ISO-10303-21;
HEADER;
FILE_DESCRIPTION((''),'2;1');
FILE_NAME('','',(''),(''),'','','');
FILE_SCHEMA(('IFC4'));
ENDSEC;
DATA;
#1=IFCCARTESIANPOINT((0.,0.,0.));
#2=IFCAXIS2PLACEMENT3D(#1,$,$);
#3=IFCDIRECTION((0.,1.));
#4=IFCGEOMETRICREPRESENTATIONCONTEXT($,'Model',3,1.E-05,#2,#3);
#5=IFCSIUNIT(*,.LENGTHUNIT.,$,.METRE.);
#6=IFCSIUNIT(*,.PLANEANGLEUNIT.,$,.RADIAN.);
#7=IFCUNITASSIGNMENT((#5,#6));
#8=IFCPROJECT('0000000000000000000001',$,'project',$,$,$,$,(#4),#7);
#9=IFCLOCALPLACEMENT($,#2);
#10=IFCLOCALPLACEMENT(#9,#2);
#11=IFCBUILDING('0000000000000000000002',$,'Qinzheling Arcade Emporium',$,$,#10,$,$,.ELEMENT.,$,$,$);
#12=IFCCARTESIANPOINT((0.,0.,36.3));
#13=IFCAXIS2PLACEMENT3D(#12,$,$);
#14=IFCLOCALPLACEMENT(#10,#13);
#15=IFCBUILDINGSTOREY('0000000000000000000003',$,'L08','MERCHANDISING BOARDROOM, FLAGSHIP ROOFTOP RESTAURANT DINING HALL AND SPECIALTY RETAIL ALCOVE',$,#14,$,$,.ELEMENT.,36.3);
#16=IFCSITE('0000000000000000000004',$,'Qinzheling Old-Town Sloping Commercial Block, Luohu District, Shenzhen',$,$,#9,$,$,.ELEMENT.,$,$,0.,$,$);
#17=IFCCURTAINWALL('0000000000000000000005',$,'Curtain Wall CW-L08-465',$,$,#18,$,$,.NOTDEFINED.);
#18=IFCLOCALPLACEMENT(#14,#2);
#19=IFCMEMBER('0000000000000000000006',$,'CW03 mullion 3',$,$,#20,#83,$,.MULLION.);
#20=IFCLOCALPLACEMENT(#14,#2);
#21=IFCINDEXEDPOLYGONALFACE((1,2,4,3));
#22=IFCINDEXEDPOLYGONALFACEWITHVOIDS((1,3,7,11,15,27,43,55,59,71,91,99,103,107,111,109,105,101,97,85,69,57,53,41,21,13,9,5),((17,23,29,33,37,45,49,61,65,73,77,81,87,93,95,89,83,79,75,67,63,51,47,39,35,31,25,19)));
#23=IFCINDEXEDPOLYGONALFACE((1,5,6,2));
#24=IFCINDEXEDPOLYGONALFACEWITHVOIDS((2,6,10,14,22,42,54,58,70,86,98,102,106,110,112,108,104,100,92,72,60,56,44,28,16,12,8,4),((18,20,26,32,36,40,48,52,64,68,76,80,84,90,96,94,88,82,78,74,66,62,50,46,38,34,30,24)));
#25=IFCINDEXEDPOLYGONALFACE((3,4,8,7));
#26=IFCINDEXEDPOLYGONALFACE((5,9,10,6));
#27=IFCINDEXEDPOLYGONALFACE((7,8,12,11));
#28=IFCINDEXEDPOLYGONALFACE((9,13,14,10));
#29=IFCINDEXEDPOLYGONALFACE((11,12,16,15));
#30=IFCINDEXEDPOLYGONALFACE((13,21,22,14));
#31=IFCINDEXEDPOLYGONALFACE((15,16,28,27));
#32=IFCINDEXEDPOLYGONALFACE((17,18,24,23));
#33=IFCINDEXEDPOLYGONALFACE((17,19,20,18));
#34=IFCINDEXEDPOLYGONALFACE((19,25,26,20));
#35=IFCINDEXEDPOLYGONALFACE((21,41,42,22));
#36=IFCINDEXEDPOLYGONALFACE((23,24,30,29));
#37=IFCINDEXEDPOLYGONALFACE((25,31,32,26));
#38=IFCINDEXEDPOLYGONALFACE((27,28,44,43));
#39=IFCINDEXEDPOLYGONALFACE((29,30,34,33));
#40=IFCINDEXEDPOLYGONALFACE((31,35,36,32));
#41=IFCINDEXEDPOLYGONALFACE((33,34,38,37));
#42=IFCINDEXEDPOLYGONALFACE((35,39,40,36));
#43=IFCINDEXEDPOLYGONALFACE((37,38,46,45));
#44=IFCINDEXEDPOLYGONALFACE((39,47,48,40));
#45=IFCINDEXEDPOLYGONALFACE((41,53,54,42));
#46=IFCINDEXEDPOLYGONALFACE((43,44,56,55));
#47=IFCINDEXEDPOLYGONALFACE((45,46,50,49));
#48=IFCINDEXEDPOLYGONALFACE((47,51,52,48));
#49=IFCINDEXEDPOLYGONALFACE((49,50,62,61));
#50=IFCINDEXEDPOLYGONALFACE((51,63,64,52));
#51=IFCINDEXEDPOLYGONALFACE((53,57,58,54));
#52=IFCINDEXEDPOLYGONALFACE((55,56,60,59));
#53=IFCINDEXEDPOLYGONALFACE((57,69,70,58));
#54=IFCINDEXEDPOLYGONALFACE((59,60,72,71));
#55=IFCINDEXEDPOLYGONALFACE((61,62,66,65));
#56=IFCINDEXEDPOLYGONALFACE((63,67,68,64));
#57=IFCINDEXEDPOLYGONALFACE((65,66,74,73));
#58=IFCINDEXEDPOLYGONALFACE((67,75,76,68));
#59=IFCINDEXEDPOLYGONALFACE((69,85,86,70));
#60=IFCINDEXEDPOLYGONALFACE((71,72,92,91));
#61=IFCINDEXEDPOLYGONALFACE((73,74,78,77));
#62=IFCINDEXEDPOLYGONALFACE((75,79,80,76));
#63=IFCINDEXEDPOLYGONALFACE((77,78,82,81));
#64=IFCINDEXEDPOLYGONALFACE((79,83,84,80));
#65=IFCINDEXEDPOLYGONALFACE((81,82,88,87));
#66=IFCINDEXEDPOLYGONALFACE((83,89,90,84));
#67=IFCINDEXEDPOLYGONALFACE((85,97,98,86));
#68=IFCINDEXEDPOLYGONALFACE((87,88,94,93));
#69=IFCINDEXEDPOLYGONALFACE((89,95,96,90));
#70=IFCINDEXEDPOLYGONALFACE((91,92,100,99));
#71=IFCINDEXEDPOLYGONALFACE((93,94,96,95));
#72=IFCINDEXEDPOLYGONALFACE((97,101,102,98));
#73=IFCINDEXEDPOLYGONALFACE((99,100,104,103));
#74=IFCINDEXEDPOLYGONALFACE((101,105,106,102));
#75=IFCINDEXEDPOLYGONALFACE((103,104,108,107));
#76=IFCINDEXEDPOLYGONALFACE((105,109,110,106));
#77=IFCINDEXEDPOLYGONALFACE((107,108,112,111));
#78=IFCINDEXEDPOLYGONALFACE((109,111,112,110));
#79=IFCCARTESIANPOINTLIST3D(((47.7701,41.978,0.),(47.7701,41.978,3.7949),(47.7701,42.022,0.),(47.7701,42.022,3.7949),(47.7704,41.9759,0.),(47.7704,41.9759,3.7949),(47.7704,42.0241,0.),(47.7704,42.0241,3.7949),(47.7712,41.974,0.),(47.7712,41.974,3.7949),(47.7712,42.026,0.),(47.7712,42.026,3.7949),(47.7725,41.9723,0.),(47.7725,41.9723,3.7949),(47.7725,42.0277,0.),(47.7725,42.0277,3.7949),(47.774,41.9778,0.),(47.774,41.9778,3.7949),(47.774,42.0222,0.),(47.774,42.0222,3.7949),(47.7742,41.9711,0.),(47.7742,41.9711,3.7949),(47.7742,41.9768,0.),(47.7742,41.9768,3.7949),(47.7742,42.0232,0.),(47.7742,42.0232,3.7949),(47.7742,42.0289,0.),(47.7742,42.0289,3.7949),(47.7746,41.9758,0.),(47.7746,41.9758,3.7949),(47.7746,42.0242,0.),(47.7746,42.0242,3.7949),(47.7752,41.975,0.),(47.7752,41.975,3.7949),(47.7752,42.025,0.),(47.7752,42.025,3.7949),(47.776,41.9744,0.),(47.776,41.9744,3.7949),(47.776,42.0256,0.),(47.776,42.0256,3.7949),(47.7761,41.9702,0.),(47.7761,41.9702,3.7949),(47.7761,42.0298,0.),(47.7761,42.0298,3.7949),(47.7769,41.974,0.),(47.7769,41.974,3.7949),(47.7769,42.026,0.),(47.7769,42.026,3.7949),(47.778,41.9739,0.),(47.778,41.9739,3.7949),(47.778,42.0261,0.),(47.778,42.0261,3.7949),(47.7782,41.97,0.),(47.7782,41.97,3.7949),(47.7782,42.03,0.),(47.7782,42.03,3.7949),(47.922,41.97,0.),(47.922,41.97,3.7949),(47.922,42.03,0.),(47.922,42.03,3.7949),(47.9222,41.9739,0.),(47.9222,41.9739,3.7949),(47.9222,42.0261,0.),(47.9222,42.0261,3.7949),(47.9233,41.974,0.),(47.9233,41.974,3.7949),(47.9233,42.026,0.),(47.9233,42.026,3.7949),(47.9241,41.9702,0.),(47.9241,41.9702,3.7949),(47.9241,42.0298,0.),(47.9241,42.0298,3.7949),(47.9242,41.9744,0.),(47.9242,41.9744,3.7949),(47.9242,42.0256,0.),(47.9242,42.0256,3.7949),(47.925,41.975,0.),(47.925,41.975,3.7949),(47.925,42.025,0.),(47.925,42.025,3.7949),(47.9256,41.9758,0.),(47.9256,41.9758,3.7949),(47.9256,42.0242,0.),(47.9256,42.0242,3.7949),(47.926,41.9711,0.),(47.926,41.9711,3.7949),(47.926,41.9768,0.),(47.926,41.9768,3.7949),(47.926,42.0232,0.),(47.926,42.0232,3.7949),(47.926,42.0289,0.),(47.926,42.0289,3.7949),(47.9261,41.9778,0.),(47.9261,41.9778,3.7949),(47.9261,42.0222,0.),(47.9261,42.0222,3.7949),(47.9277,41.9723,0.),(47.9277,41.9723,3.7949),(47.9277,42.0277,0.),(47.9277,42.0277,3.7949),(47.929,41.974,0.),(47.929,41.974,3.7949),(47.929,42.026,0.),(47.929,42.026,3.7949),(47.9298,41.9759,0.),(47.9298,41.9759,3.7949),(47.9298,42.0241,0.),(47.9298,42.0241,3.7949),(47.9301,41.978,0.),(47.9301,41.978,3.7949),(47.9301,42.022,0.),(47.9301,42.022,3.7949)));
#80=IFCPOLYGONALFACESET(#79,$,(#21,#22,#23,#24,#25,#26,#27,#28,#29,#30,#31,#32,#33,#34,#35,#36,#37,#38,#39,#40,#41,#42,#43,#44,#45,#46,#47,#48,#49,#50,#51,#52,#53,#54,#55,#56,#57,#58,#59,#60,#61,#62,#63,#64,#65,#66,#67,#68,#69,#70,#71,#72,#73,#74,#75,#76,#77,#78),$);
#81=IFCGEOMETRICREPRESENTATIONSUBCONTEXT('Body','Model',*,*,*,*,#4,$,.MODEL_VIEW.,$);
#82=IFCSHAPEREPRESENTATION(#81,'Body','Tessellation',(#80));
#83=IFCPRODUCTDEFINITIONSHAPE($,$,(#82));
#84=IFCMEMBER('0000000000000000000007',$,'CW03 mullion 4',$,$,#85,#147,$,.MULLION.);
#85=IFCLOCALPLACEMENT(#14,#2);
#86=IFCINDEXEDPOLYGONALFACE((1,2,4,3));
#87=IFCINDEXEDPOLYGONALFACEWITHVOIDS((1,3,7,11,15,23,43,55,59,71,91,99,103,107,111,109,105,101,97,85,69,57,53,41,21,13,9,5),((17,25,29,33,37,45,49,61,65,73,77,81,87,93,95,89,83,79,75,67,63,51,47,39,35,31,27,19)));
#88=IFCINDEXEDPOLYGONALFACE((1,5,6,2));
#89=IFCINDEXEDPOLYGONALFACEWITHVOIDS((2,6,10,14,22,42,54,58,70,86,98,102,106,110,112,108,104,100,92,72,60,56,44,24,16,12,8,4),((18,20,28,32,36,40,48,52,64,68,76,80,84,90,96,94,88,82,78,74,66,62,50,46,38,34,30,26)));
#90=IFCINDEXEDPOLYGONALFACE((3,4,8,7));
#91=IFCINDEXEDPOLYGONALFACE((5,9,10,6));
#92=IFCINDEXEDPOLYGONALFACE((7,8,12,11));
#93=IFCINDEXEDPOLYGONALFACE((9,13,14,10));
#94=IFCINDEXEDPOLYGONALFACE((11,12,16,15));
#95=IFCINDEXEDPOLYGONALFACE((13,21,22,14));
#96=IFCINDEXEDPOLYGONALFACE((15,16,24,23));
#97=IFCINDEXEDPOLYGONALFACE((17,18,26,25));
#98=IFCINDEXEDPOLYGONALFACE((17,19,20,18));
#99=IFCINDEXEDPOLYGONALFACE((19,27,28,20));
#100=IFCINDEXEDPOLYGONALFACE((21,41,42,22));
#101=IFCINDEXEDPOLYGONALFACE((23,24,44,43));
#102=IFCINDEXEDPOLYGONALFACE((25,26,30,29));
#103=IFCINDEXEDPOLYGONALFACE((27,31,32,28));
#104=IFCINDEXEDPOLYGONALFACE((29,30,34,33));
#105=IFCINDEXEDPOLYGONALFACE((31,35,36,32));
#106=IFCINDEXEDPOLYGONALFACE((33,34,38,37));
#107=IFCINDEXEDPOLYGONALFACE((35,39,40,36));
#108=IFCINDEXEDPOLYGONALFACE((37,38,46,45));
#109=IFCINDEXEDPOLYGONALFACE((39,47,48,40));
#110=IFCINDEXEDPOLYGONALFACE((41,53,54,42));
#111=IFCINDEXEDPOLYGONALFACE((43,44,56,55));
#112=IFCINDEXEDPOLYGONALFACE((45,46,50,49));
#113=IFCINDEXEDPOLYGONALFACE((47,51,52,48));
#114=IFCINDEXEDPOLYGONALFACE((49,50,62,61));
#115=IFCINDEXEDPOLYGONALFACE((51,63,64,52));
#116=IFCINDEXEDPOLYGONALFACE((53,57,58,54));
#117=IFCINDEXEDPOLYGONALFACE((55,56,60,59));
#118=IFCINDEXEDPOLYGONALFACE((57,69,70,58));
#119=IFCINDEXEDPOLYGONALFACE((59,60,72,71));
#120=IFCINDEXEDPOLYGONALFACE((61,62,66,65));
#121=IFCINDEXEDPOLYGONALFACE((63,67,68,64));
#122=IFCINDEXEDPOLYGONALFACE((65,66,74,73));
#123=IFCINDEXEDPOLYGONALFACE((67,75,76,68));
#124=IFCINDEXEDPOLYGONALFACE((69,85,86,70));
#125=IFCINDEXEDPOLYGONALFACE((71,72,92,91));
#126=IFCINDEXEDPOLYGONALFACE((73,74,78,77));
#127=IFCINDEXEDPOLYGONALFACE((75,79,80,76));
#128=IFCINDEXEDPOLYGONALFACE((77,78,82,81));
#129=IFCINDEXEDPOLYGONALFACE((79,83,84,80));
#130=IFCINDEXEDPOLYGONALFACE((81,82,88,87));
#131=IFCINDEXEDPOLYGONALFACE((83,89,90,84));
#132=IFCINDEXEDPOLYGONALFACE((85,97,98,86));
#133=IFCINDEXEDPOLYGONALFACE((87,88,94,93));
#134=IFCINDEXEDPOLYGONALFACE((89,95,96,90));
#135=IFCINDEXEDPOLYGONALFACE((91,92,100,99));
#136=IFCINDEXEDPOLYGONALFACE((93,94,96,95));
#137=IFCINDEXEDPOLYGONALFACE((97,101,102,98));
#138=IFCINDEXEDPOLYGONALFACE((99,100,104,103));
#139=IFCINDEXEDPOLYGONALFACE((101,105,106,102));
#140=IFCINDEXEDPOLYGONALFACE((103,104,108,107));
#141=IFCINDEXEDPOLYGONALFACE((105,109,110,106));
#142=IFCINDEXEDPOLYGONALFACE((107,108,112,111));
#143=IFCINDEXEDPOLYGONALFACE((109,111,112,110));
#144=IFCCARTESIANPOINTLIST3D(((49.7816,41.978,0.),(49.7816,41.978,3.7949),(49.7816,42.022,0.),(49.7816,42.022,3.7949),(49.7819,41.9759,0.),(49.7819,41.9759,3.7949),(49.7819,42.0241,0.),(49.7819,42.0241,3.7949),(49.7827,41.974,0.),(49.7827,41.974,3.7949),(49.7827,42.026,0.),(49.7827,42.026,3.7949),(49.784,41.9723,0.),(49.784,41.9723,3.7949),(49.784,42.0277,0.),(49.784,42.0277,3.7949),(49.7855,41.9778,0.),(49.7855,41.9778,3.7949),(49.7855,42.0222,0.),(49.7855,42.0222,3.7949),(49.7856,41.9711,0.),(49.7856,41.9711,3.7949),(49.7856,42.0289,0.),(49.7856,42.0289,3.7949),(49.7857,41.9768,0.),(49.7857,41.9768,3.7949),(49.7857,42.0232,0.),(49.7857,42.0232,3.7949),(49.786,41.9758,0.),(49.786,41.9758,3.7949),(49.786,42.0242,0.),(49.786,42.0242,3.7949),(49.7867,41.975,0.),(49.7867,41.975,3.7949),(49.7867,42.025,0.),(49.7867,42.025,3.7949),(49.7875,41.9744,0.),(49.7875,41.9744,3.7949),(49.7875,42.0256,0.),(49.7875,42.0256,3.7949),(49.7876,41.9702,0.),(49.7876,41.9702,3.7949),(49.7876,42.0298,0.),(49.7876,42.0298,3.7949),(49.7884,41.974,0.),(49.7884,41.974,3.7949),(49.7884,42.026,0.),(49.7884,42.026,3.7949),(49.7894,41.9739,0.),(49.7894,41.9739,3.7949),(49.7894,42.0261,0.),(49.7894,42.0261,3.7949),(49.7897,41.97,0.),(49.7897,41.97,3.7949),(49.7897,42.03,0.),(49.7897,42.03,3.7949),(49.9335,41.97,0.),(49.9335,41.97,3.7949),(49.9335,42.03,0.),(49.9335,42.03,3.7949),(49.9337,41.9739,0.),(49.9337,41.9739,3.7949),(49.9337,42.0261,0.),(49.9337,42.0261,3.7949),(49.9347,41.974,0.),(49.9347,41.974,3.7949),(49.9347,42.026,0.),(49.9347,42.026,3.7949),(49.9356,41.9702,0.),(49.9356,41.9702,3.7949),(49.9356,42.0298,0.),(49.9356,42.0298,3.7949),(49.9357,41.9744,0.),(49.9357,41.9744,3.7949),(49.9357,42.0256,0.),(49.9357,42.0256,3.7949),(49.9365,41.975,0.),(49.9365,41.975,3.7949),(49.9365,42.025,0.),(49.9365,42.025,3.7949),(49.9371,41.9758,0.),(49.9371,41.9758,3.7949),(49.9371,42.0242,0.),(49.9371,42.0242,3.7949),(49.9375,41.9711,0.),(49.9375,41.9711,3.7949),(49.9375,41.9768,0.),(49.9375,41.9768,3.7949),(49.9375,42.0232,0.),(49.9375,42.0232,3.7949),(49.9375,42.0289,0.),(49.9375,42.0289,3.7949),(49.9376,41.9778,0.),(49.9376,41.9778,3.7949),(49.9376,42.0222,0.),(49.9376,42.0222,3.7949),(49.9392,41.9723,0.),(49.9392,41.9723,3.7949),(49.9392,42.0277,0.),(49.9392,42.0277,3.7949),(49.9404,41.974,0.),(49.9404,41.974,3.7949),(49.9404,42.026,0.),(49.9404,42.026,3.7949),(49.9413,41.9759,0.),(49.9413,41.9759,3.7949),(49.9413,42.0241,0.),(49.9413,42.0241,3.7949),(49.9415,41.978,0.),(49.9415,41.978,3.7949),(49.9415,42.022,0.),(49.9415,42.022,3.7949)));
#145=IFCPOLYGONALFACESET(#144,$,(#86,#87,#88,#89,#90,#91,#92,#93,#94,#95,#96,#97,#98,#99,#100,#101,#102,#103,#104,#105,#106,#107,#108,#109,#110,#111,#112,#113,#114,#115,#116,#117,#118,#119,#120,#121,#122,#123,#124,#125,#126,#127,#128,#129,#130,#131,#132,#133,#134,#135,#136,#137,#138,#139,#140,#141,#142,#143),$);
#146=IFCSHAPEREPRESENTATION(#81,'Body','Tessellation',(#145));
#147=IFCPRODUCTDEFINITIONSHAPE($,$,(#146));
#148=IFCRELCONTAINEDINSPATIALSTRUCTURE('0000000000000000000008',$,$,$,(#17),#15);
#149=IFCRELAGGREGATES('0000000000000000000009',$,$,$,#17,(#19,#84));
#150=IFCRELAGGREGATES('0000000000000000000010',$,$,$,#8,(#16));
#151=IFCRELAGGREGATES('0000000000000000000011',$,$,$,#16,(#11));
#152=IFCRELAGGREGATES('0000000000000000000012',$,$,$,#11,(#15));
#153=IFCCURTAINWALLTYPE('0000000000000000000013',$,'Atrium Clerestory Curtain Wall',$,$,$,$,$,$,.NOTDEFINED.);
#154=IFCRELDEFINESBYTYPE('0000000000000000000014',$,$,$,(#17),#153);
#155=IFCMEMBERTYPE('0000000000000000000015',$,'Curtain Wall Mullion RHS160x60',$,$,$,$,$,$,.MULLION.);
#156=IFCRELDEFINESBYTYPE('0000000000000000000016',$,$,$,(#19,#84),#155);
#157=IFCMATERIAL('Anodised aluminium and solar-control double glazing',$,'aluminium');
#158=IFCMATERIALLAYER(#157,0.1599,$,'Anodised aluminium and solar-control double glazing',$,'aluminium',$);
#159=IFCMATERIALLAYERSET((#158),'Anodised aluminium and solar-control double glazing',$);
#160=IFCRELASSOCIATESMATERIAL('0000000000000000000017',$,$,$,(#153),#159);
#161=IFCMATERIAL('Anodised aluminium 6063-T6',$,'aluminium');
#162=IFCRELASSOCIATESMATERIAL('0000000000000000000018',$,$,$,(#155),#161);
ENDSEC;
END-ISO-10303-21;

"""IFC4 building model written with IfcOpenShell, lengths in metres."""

from ifc_helpers import new_model, si_unit, direction, frame, origin, origin_2d, place, context, subcontext, project, spatial, hollow_rectangle, extrude, material, layer, layer_set, material_profile, profile_set, type_object, element, aggregate, save


model = new_model("IFC4")

# Units and contexts
model_context = context("Model", 3, precision=1e-05, world=origin(), true_north=direction((0.0, 1.0)))
body_context = subcontext(model_context, "Body", "Model", "MODEL_VIEW")
ifc_project = project(units=[si_unit("LENGTHUNIT", "METRE"), si_unit("PLANEANGLEUNIT", "RADIAN")], contexts=[model_context])

# Site, building, storey
site_placement = place(None, origin())
site = spatial("IfcSite", under=ifc_project, at=site_placement, Name="Qinzheling Old-Town Sloping Commercial Block, Luohu District, Shenzhen", CompositionType="ELEMENT", RefElevation=0.0)
building_placement = place(site_placement, origin())
building = spatial("IfcBuilding", under=site, at=building_placement, Name="Qinzheling Arcade Emporium", CompositionType="ELEMENT")
storey_placement = place(building_placement, frame((0.0, 0.0, 36.3)))
storey = spatial("IfcBuildingStorey", under=building, at=storey_placement, Name="L08", Description="MERCHANDISING BOARDROOM, FLAGSHIP ROOFTOP RESTAURANT DINING HALL AND SPECIALTY RETAIL ALCOVE", CompositionType="ELEMENT", Elevation=36.3)

# Curtain wall, members
ifc_material_1 = material(Name="Anodised aluminium and solar-control double glazing", Category="aluminium")
ifc_layer_1 = layer(ifc_material_1, 0.1599, Name="Anodised aluminium and solar-control double glazing", Category="aluminium")
ifc_layer_set_1 = layer_set([ifc_layer_1], Name="Anodised aluminium and solar-control double glazing")
curtain_wall_type = type_object("IfcCurtainWallType", Name="Atrium Clerestory Curtain Wall", PredefinedType="NOTDEFINED", material=ifc_layer_set_1)
curtain_wall_placement = place(storey_placement, origin())
curtain_wall = element("IfcCurtainWall", 1, at=curtain_wall_placement, inside=storey, type_object=curtain_wall_type, Name="Curtain Wall CW-L08-465", PredefinedType="NOTDEFINED")
ifc_material_2 = material(Name="Anodised aluminium 6063-T6", Category="aluminium")
ifc_material_profile_1 = material_profile(ifc_material_2, hollow_rectangle(XDim=0.0601, YDim=0.1599, WallThickness=0.0039, InnerFilletRadius=0.0039, OuterFilletRadius=0.0081, at=origin_2d()), Name="RHS 160x60x4", Category="aluminium")
ifc_profile_set_1 = profile_set([ifc_material_profile_1], Name="Anodised aluminium 6063-T6")
member_type_1 = type_object("IfcMemberType", Name="Curtain Wall Mullion RHS160x60", PredefinedType="MULLION", material=ifc_profile_set_1)
member_1_placement = place(storey_placement, frame((47.8501, 42.0, 0.0), z_axis=(0.0, 0.0, 1.0), x_axis=(0.0, 1.0, 0.0)))
member_1 = element("IfcMember", 2, at=member_1_placement, type_object=member_type_1, Name="CW03 mullion 3", PredefinedType="MULLION", context=body_context, shape_type="SweptSolid", body=[
    extrude(hollow_rectangle(XDim=0.0601, YDim=0.1599, WallThickness=0.0039, InnerFilletRadius=0.0039, OuterFilletRadius=0.0081, at=origin_2d()), origin(), (0.0, 0.0, 1.0), 3.7949),
])
member_2_placement = place(storey_placement, frame((49.8616, 42.0, 0.0), z_axis=(0.0, 0.0, 1.0), x_axis=(0.0, 1.0, 0.0)))
member_2 = element("IfcMember", 3, at=member_2_placement, type_object=member_type_1, Name="CW03 mullion 4", PredefinedType="MULLION", context=body_context, shape_type="SweptSolid", body=[
    extrude(hollow_rectangle(XDim=0.0601, YDim=0.1599, WallThickness=0.0039, InnerFilletRadius=0.0039, OuterFilletRadius=0.0081, at=origin_2d()), origin(), (0.0, 0.0, 1.0), 3.7949),
])
aggregate(curtain_wall, [member_1, member_2])

save(model, "model.ifc")
